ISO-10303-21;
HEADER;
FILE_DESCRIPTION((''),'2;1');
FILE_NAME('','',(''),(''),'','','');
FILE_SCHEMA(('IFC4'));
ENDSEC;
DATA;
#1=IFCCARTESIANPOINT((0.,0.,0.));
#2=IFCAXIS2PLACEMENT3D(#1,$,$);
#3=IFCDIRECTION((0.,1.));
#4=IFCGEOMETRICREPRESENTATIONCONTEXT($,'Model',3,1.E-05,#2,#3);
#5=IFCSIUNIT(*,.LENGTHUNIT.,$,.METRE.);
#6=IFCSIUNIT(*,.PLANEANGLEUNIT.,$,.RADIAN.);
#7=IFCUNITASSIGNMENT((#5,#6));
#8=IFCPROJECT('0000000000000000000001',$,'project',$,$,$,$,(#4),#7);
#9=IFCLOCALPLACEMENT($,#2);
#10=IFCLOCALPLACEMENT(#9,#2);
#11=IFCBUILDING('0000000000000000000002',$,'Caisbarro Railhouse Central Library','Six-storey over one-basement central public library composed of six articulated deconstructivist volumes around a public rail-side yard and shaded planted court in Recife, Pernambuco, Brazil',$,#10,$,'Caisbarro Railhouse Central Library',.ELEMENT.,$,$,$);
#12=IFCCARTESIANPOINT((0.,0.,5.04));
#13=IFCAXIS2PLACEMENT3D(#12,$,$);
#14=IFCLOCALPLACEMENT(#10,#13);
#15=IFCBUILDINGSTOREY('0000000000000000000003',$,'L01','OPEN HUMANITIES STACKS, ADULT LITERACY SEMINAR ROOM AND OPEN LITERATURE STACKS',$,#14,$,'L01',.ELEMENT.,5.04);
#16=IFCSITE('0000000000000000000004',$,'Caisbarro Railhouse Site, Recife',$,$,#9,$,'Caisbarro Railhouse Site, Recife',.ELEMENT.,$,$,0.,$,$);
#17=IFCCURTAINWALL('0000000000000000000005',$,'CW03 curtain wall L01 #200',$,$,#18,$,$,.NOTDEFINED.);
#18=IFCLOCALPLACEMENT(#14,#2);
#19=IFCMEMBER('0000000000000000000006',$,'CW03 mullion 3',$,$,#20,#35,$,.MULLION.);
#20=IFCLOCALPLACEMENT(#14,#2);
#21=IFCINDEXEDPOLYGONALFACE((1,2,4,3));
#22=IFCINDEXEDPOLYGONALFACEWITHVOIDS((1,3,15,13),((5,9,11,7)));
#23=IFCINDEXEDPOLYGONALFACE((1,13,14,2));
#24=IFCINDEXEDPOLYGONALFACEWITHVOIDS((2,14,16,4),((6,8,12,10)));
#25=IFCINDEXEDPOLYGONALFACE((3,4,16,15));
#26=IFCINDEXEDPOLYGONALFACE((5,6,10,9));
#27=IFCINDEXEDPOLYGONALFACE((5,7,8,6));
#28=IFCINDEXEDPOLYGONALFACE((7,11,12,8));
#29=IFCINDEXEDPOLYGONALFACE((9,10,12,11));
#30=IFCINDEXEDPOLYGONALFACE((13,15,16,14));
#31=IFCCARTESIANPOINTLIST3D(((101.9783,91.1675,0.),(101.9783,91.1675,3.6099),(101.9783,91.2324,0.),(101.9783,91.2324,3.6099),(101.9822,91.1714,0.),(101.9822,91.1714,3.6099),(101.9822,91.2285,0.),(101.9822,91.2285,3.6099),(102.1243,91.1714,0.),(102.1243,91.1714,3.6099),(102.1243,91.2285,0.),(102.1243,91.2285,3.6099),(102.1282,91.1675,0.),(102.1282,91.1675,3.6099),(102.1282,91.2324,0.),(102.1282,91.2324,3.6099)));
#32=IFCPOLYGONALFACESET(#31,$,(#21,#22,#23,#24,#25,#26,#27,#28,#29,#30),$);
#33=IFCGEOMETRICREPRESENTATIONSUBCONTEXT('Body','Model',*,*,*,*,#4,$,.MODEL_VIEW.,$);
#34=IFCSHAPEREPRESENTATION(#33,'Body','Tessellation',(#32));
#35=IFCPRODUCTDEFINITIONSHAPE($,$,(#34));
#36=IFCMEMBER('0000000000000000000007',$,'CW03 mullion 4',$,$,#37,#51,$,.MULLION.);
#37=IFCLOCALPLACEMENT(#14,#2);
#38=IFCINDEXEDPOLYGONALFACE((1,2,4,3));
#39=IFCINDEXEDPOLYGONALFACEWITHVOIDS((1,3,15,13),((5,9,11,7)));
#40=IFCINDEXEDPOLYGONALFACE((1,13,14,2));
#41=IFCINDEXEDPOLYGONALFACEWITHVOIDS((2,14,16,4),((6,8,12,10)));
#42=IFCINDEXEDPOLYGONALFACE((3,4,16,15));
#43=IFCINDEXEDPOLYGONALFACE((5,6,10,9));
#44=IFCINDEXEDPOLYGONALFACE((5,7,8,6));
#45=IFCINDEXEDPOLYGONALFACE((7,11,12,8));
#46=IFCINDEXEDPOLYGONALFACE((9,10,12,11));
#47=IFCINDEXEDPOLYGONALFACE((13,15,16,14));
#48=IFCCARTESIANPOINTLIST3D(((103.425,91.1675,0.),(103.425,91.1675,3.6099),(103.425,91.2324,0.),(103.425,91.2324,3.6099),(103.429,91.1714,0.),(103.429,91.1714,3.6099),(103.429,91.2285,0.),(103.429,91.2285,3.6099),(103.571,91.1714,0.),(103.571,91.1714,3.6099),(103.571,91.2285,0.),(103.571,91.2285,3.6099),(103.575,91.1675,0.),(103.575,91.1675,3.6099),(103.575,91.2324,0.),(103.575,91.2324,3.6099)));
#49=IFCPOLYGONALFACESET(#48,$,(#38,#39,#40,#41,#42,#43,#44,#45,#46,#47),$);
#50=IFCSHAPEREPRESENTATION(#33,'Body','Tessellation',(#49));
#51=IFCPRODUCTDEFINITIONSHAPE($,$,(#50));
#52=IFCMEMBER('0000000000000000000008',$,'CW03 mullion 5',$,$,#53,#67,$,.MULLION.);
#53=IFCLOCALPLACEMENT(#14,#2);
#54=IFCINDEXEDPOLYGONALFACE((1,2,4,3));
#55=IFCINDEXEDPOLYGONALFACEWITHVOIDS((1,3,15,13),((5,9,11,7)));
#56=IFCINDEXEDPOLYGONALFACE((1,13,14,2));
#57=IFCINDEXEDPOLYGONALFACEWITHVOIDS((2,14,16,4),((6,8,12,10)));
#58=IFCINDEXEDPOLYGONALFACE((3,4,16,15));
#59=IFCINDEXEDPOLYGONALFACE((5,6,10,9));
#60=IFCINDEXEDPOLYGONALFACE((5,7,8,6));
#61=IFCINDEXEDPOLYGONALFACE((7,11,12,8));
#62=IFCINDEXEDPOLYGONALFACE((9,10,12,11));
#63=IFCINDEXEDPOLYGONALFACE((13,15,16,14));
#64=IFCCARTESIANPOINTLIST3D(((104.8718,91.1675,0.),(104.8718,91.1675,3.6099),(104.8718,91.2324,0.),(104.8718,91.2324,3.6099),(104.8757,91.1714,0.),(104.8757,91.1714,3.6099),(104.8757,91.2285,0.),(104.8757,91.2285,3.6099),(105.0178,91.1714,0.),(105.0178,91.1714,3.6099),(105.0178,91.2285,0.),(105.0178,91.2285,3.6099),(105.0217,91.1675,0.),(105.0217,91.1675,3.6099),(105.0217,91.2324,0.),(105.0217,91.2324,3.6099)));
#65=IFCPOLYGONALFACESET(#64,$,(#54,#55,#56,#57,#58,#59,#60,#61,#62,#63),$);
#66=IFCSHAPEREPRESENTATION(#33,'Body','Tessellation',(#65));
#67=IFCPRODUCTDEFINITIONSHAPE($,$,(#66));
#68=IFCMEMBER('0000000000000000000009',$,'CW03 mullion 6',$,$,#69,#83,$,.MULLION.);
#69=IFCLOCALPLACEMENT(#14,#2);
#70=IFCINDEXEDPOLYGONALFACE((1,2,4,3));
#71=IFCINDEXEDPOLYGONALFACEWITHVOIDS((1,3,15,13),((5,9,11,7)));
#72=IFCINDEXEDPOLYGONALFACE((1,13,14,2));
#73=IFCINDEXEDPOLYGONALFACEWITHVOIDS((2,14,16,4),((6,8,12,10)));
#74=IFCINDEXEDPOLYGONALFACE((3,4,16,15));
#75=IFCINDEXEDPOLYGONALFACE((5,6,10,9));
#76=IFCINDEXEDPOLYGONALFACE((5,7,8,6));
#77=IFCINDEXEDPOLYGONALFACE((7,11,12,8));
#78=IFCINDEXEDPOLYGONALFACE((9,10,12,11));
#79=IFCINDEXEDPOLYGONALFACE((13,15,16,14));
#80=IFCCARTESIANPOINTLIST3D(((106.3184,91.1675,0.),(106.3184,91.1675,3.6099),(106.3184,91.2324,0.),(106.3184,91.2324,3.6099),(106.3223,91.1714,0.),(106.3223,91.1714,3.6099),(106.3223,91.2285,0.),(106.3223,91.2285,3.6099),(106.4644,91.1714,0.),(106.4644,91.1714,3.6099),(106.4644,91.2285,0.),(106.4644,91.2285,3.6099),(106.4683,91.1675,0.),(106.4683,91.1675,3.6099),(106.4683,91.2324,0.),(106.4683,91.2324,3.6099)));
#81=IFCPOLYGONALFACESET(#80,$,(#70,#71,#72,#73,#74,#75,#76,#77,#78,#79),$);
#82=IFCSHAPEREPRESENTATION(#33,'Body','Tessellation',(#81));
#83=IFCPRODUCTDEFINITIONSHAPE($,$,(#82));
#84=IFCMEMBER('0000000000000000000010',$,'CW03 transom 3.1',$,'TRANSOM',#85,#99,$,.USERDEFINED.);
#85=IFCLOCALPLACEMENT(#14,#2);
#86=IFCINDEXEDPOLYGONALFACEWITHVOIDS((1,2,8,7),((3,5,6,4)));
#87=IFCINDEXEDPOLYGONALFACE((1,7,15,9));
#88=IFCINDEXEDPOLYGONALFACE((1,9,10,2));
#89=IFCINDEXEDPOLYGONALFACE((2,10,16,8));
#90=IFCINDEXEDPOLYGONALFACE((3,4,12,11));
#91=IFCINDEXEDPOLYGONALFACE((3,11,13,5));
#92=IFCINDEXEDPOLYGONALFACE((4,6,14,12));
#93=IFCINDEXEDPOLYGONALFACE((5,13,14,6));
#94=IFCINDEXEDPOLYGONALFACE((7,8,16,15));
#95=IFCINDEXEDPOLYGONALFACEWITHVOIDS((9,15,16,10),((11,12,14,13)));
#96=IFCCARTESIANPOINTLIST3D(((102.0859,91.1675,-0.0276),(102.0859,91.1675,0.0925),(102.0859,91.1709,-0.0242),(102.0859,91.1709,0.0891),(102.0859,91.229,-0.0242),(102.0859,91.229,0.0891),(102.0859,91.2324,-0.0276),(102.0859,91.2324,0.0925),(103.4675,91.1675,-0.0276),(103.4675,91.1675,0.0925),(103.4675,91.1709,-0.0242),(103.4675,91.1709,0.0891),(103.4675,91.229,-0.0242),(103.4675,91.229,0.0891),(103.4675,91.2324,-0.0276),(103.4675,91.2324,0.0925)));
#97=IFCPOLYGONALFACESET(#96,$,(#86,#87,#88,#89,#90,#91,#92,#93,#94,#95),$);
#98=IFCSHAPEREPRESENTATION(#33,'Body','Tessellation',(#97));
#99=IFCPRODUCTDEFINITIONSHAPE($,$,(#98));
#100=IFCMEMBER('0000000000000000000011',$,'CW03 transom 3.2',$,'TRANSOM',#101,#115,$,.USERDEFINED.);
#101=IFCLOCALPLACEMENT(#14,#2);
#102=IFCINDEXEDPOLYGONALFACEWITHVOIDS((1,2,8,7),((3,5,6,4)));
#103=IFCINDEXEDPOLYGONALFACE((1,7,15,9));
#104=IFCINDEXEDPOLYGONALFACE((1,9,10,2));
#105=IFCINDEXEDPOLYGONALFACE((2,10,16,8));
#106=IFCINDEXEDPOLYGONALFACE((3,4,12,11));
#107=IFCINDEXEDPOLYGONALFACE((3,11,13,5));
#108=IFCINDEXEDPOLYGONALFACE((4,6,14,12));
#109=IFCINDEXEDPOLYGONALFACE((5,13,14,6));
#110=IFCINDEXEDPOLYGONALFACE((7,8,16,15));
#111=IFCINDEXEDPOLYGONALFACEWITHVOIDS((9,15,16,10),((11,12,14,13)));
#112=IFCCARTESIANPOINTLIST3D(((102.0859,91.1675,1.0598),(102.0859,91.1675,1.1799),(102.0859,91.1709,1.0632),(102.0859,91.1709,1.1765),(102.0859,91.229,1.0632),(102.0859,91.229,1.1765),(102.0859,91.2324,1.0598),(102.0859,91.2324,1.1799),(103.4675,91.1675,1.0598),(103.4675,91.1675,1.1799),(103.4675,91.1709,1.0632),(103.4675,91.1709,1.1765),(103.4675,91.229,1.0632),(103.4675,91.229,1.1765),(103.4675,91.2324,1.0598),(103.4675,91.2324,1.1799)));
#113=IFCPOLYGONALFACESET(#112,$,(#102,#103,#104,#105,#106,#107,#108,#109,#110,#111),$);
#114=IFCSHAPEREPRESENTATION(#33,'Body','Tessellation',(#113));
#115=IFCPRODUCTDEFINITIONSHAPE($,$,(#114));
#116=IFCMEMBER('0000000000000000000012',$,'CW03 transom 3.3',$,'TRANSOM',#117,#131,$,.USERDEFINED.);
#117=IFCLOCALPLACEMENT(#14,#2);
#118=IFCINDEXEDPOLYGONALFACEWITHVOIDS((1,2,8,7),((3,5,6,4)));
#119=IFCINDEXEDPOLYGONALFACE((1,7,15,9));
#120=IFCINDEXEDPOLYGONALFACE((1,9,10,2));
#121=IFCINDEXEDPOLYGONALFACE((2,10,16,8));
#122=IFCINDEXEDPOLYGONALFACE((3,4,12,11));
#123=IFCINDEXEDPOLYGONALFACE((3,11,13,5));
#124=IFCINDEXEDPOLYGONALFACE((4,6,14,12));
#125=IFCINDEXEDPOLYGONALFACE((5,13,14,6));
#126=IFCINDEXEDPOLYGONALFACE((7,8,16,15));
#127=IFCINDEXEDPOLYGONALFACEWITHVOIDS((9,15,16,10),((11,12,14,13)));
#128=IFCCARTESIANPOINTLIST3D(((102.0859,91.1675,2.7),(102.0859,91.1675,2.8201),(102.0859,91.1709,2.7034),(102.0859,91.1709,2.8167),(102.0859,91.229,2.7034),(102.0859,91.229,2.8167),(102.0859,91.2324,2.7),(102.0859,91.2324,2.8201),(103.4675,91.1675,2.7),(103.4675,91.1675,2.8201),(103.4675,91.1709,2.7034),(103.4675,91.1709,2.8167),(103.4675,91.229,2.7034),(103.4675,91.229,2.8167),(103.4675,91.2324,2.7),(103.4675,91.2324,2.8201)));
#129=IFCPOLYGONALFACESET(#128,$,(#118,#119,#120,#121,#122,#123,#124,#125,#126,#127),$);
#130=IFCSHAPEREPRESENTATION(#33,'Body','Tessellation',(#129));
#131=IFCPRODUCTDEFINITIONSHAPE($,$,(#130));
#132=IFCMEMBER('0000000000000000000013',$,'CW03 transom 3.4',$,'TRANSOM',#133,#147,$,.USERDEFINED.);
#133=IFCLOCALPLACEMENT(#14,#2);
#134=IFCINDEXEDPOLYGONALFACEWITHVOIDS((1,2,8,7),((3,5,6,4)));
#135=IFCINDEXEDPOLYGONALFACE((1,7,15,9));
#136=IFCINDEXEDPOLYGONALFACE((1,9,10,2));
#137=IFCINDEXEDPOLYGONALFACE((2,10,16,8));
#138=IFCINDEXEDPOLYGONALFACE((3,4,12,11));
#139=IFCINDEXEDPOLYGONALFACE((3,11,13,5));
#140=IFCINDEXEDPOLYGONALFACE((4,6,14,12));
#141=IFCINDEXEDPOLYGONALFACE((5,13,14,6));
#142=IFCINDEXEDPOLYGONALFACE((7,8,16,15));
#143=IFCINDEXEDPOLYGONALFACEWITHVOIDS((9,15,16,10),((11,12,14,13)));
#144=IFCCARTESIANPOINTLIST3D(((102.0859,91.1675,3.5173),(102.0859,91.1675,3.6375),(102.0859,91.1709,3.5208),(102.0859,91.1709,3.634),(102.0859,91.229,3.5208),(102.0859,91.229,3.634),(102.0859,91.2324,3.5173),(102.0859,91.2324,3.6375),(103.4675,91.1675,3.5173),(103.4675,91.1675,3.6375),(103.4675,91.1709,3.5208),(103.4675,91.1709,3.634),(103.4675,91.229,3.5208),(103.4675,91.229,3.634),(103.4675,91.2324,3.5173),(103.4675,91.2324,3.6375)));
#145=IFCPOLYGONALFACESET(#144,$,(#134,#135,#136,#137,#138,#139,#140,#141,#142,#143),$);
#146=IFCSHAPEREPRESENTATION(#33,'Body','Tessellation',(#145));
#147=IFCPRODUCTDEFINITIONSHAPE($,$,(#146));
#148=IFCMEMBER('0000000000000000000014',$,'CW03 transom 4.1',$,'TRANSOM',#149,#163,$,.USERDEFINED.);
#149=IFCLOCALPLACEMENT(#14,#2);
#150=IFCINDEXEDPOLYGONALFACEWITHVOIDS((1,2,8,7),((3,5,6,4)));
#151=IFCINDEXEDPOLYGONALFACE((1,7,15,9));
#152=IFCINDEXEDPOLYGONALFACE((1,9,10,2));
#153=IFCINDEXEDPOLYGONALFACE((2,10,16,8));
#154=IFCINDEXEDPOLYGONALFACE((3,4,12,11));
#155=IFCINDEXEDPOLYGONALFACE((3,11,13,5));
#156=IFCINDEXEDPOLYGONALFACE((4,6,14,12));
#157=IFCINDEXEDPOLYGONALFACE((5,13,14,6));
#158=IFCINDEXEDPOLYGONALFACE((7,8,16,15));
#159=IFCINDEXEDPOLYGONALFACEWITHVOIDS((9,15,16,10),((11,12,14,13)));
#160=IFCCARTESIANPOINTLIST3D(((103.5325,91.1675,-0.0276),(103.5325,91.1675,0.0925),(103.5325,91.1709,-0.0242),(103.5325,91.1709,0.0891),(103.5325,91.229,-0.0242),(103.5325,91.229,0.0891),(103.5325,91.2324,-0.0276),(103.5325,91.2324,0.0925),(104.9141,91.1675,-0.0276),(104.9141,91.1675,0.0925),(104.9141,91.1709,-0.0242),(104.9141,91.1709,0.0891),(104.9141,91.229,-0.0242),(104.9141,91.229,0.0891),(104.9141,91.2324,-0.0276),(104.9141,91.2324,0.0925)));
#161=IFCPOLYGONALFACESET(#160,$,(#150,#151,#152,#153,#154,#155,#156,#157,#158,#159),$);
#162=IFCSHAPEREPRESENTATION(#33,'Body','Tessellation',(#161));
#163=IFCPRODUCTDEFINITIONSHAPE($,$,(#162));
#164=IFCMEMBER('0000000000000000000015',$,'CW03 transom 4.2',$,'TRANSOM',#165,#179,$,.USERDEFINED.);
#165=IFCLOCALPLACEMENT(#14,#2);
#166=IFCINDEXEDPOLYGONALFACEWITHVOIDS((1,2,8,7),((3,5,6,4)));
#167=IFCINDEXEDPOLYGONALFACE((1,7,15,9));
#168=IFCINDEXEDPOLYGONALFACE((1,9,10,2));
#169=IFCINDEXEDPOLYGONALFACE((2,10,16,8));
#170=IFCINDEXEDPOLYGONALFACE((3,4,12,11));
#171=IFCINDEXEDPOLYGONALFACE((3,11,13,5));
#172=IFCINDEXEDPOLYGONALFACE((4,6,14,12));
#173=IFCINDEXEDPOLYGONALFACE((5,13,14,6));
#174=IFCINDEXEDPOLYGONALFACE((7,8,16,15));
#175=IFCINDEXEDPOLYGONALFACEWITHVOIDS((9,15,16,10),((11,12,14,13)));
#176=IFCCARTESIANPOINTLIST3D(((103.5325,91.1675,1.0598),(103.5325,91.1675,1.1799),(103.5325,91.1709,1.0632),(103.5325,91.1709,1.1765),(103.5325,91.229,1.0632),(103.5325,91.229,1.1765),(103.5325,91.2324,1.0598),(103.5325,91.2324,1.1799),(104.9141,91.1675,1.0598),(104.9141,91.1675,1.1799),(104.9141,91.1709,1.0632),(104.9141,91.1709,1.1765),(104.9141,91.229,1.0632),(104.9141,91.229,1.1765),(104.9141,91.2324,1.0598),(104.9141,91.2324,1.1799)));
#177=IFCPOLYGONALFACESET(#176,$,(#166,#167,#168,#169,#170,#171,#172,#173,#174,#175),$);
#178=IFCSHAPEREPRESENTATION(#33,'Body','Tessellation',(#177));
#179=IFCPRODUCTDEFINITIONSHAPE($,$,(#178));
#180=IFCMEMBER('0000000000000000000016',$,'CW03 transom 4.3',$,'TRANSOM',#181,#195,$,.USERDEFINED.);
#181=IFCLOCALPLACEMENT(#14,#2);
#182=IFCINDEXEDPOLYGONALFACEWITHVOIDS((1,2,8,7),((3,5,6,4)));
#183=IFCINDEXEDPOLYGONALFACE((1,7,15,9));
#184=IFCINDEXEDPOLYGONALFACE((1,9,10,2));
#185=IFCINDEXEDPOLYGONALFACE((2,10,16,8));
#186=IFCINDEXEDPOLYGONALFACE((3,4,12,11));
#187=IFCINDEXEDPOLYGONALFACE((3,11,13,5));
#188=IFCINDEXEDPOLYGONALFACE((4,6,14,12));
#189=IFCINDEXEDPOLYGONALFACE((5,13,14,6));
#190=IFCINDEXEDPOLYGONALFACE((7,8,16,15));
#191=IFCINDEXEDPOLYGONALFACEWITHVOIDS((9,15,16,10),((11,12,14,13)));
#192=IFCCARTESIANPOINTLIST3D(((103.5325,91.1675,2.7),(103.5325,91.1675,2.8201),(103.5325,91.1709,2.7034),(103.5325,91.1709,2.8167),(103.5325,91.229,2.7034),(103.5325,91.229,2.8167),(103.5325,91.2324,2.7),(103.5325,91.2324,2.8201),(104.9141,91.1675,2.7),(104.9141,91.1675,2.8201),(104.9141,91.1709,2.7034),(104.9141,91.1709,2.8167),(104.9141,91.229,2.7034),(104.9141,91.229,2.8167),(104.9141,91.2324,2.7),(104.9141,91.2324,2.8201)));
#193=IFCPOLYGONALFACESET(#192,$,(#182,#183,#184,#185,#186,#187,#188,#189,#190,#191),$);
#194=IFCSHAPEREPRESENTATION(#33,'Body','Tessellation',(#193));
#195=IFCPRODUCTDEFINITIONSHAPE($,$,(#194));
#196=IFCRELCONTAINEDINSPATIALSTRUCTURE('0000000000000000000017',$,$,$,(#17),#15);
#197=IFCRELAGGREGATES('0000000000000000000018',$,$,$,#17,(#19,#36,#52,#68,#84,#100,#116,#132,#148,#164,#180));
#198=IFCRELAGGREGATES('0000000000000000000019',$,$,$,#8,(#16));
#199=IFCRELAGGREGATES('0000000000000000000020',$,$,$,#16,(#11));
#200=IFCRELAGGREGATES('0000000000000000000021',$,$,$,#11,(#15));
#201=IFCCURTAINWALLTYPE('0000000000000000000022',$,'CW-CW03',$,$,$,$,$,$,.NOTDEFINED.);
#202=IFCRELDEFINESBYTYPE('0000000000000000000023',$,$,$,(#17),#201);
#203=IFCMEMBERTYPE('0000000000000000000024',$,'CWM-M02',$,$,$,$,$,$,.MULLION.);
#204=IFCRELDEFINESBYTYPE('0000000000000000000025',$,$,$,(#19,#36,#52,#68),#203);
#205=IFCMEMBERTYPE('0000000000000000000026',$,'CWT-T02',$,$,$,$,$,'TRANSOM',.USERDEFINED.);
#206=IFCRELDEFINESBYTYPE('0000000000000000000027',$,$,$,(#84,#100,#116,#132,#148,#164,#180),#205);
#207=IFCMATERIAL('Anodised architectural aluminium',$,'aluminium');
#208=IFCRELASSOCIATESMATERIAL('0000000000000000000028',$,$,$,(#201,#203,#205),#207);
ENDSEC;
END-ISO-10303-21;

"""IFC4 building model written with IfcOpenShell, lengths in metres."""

from ifc_helpers import new_model, si_unit, direction, frame, origin, origin_2d, place, context, subcontext, project, spatial, hollow_rectangle, extrude, material, material_profile, profile_set, type_object, element, aggregate, save


model = new_model("IFC4")

# Units and contexts
model_context = context("Model", 3, precision=1e-05, world=origin(), true_north=direction((0.0, 1.0)))
body_context = subcontext(model_context, "Body", "Model", "MODEL_VIEW")
ifc_project = project(units=[si_unit("LENGTHUNIT", "METRE"), si_unit("PLANEANGLEUNIT", "RADIAN")], contexts=[model_context])

# Site, building, storey
site_placement = place(None, origin())
site = spatial("IfcSite", under=ifc_project, at=site_placement, Name="Caisbarro Railhouse Site, Recife", LongName="Caisbarro Railhouse Site, Recife", CompositionType="ELEMENT", RefElevation=0.0)
building_placement = place(site_placement, origin())
building = spatial("IfcBuilding", under=site, at=building_placement, Name="Caisbarro Railhouse Central Library", Description="Six-storey over one-basement central public library composed of six articulated deconstructivist volumes around a public rail-side yard and shaded planted court in Recife, Pernambuco, Brazil", LongName="Caisbarro Railhouse Central Library", CompositionType="ELEMENT")
storey_placement = place(building_placement, frame((0.0, 0.0, 5.04)))
storey = spatial("IfcBuildingStorey", under=building, at=storey_placement, Name="L01", Description="OPEN HUMANITIES STACKS, ADULT LITERACY SEMINAR ROOM AND OPEN LITERATURE STACKS", LongName="L01", CompositionType="ELEMENT", Elevation=5.04)

# Curtain wall, members
ifc_material_1 = material(Name="Anodised architectural aluminium", Category="aluminium")
curtain_wall_type = type_object("IfcCurtainWallType", Name="CW-CW03", PredefinedType="NOTDEFINED", material=ifc_material_1)
curtain_wall_placement = place(storey_placement, origin())
curtain_wall = element("IfcCurtainWall", 1, at=curtain_wall_placement, inside=storey, type_object=curtain_wall_type, Name="CW03 curtain wall L01 #200", PredefinedType="NOTDEFINED")
ifc_material_profile_1 = material_profile(ifc_material_1, hollow_rectangle(XDim=0.0649, YDim=0.1499, WallThickness=0.0039, at=origin_2d()), Name="ALU-MUL-65X150")
ifc_profile_set_1 = profile_set([ifc_material_profile_1], Name="Anodised architectural aluminium")
member_type_1 = type_object("IfcMemberType", Name="CWM-M02", PredefinedType="MULLION", material=ifc_profile_set_1)
member_1_placement = place(storey_placement, frame((102.0532, 91.2, 0.0), z_axis=(0.0, 0.0, 1.0), x_axis=(0.0, 1.0, 0.0)))
member_1 = element("IfcMember", 2, at=member_1_placement, type_object=member_type_1, Name="CW03 mullion 3", PredefinedType="MULLION", context=body_context, shape_type="SweptSolid", body=[
    extrude(hollow_rectangle(XDim=0.0649, YDim=0.1499, WallThickness=0.0039, at=origin_2d()), origin(), (0.0, 0.0, 1.0), 3.6099),
])
member_2_placement = place(storey_placement, frame((103.5, 91.2, 0.0), z_axis=(0.0, 0.0, 1.0), x_axis=(0.0, 1.0, 0.0)))
member_2 = element("IfcMember", 3, at=member_2_placement, type_object=member_type_1, Name="CW03 mullion 4", PredefinedType="MULLION", context=body_context, shape_type="SweptSolid", body=[
    extrude(hollow_rectangle(XDim=0.0649, YDim=0.1499, WallThickness=0.0039, at=origin_2d()), origin(), (0.0, 0.0, 1.0), 3.6099),
])
member_3_placement = place(storey_placement, frame((104.9468, 91.2, 0.0), z_axis=(0.0, 0.0, 1.0), x_axis=(0.0, 1.0, 0.0)))
member_3 = element("IfcMember", 4, at=member_3_placement, type_object=member_type_1, Name="CW03 mullion 5", PredefinedType="MULLION", context=body_context, shape_type="SweptSolid", body=[
    extrude(hollow_rectangle(XDim=0.0649, YDim=0.1499, WallThickness=0.0039, at=origin_2d()), origin(), (0.0, 0.0, 1.0), 3.6099),
])
member_4_placement = place(storey_placement, frame((106.3933, 91.2, 0.0), z_axis=(0.0, 0.0, 1.0), x_axis=(0.0, 1.0, 0.0)))
member_4 = element("IfcMember", 5, at=member_4_placement, type_object=member_type_1, Name="CW03 mullion 6", PredefinedType="MULLION", context=body_context, shape_type="SweptSolid", body=[
    extrude(hollow_rectangle(XDim=0.0649, YDim=0.1499, WallThickness=0.0039, at=origin_2d()), origin(), (0.0, 0.0, 1.0), 3.6099),
])
ifc_material_profile_2 = material_profile(ifc_material_1, hollow_rectangle(XDim=0.0649, YDim=0.1201, WallThickness=0.0034, at=origin_2d()), Name="ALU-TRN-65X120")
ifc_profile_set_2 = profile_set([ifc_material_profile_2], Name="Anodised architectural aluminium")
member_type_2 = type_object("IfcMemberType", Name="CWT-T02", ElementType="TRANSOM", PredefinedType="USERDEFINED", material=ifc_profile_set_2)
member_5_placement = place(storey_placement, frame((102.0859, 91.2, 0.0325), z_axis=(1.0, 0.0, 0.0), x_axis=(0.0, 1.0, 0.0)))
member_5 = element("IfcMember", 6, at=member_5_placement, type_object=member_type_2, Name="CW03 transom 3.1", ObjectType="TRANSOM", PredefinedType="USERDEFINED", context=body_context, shape_type="SweptSolid", body=[
    extrude(hollow_rectangle(XDim=0.0649, YDim=0.1201, WallThickness=0.0034, at=origin_2d()), origin(), (0.0, 0.0, 1.0), 1.3816),
])
member_6_placement = place(storey_placement, frame((102.0859, 91.2, 1.1199), z_axis=(1.0, 0.0, 0.0), x_axis=(0.0, 1.0, 0.0)))
member_6 = element("IfcMember", 7, at=member_6_placement, type_object=member_type_2, Name="CW03 transom 3.2", ObjectType="TRANSOM", PredefinedType="USERDEFINED", context=body_context, shape_type="SweptSolid", body=[
    extrude(hollow_rectangle(XDim=0.0649, YDim=0.1201, WallThickness=0.0034, at=origin_2d()), origin(), (0.0, 0.0, 1.0), 1.3816),
])
member_7_placement = place(storey_placement, frame((102.0859, 91.2, 2.76), z_axis=(1.0, 0.0, 0.0), x_axis=(0.0, 1.0, 0.0)))
member_7 = element("IfcMember", 8, at=member_7_placement, type_object=member_type_2, Name="CW03 transom 3.3", ObjectType="TRANSOM", PredefinedType="USERDEFINED", context=body_context, shape_type="SweptSolid", body=[
    extrude(hollow_rectangle(XDim=0.0649, YDim=0.1201, WallThickness=0.0034, at=origin_2d()), origin(), (0.0, 0.0, 1.0), 1.3816),
])
member_8_placement = place(storey_placement, frame((102.0859, 91.2, 3.5774), z_axis=(1.0, 0.0, 0.0), x_axis=(0.0, 1.0, 0.0)))
member_8 = element("IfcMember", 9, at=member_8_placement, type_object=member_type_2, Name="CW03 transom 3.4", ObjectType="TRANSOM", PredefinedType="USERDEFINED", context=body_context, shape_type="SweptSolid", body=[
    extrude(hollow_rectangle(XDim=0.0649, YDim=0.1201, WallThickness=0.0034, at=origin_2d()), origin(), (0.0, 0.0, 1.0), 1.3816),
])
member_9_placement = place(storey_placement, frame((103.5325, 91.2, 0.0325), z_axis=(1.0, 0.0, 0.0), x_axis=(0.0, 1.0, 0.0)))
member_9 = element("IfcMember", 10, at=member_9_placement, type_object=member_type_2, Name="CW03 transom 4.1", ObjectType="TRANSOM", PredefinedType="USERDEFINED", context=body_context, shape_type="SweptSolid", body=[
    extrude(hollow_rectangle(XDim=0.0649, YDim=0.1201, WallThickness=0.0034, at=origin_2d()), origin(), (0.0, 0.0, 1.0), 1.3816),
])
member_10_placement = place(storey_placement, frame((103.5325, 91.2, 1.1199), z_axis=(1.0, 0.0, 0.0), x_axis=(0.0, 1.0, 0.0)))
member_10 = element("IfcMember", 11, at=member_10_placement, type_object=member_type_2, Name="CW03 transom 4.2", ObjectType="TRANSOM", PredefinedType="USERDEFINED", context=body_context, shape_type="SweptSolid", body=[
    extrude(hollow_rectangle(XDim=0.0649, YDim=0.1201, WallThickness=0.0034, at=origin_2d()), origin(), (0.0, 0.0, 1.0), 1.3816),
])
member_11_placement = place(storey_placement, frame((103.5325, 91.2, 2.76), z_axis=(1.0, 0.0, 0.0), x_axis=(0.0, 1.0, 0.0)))
member_11 = element("IfcMember", 12, at=member_11_placement, type_object=member_type_2, Name="CW03 transom 4.3", ObjectType="TRANSOM", PredefinedType="USERDEFINED", context=body_context, shape_type="SweptSolid", body=[
    extrude(hollow_rectangle(XDim=0.0649, YDim=0.1201, WallThickness=0.0034, at=origin_2d()), origin(), (0.0, 0.0, 1.0), 1.3816),
])
aggregate(curtain_wall, [member_1, member_2, member_3, member_4, member_5, member_6, member_7, member_8, member_9, member_10, member_11])

save(model, "model.ifc")
